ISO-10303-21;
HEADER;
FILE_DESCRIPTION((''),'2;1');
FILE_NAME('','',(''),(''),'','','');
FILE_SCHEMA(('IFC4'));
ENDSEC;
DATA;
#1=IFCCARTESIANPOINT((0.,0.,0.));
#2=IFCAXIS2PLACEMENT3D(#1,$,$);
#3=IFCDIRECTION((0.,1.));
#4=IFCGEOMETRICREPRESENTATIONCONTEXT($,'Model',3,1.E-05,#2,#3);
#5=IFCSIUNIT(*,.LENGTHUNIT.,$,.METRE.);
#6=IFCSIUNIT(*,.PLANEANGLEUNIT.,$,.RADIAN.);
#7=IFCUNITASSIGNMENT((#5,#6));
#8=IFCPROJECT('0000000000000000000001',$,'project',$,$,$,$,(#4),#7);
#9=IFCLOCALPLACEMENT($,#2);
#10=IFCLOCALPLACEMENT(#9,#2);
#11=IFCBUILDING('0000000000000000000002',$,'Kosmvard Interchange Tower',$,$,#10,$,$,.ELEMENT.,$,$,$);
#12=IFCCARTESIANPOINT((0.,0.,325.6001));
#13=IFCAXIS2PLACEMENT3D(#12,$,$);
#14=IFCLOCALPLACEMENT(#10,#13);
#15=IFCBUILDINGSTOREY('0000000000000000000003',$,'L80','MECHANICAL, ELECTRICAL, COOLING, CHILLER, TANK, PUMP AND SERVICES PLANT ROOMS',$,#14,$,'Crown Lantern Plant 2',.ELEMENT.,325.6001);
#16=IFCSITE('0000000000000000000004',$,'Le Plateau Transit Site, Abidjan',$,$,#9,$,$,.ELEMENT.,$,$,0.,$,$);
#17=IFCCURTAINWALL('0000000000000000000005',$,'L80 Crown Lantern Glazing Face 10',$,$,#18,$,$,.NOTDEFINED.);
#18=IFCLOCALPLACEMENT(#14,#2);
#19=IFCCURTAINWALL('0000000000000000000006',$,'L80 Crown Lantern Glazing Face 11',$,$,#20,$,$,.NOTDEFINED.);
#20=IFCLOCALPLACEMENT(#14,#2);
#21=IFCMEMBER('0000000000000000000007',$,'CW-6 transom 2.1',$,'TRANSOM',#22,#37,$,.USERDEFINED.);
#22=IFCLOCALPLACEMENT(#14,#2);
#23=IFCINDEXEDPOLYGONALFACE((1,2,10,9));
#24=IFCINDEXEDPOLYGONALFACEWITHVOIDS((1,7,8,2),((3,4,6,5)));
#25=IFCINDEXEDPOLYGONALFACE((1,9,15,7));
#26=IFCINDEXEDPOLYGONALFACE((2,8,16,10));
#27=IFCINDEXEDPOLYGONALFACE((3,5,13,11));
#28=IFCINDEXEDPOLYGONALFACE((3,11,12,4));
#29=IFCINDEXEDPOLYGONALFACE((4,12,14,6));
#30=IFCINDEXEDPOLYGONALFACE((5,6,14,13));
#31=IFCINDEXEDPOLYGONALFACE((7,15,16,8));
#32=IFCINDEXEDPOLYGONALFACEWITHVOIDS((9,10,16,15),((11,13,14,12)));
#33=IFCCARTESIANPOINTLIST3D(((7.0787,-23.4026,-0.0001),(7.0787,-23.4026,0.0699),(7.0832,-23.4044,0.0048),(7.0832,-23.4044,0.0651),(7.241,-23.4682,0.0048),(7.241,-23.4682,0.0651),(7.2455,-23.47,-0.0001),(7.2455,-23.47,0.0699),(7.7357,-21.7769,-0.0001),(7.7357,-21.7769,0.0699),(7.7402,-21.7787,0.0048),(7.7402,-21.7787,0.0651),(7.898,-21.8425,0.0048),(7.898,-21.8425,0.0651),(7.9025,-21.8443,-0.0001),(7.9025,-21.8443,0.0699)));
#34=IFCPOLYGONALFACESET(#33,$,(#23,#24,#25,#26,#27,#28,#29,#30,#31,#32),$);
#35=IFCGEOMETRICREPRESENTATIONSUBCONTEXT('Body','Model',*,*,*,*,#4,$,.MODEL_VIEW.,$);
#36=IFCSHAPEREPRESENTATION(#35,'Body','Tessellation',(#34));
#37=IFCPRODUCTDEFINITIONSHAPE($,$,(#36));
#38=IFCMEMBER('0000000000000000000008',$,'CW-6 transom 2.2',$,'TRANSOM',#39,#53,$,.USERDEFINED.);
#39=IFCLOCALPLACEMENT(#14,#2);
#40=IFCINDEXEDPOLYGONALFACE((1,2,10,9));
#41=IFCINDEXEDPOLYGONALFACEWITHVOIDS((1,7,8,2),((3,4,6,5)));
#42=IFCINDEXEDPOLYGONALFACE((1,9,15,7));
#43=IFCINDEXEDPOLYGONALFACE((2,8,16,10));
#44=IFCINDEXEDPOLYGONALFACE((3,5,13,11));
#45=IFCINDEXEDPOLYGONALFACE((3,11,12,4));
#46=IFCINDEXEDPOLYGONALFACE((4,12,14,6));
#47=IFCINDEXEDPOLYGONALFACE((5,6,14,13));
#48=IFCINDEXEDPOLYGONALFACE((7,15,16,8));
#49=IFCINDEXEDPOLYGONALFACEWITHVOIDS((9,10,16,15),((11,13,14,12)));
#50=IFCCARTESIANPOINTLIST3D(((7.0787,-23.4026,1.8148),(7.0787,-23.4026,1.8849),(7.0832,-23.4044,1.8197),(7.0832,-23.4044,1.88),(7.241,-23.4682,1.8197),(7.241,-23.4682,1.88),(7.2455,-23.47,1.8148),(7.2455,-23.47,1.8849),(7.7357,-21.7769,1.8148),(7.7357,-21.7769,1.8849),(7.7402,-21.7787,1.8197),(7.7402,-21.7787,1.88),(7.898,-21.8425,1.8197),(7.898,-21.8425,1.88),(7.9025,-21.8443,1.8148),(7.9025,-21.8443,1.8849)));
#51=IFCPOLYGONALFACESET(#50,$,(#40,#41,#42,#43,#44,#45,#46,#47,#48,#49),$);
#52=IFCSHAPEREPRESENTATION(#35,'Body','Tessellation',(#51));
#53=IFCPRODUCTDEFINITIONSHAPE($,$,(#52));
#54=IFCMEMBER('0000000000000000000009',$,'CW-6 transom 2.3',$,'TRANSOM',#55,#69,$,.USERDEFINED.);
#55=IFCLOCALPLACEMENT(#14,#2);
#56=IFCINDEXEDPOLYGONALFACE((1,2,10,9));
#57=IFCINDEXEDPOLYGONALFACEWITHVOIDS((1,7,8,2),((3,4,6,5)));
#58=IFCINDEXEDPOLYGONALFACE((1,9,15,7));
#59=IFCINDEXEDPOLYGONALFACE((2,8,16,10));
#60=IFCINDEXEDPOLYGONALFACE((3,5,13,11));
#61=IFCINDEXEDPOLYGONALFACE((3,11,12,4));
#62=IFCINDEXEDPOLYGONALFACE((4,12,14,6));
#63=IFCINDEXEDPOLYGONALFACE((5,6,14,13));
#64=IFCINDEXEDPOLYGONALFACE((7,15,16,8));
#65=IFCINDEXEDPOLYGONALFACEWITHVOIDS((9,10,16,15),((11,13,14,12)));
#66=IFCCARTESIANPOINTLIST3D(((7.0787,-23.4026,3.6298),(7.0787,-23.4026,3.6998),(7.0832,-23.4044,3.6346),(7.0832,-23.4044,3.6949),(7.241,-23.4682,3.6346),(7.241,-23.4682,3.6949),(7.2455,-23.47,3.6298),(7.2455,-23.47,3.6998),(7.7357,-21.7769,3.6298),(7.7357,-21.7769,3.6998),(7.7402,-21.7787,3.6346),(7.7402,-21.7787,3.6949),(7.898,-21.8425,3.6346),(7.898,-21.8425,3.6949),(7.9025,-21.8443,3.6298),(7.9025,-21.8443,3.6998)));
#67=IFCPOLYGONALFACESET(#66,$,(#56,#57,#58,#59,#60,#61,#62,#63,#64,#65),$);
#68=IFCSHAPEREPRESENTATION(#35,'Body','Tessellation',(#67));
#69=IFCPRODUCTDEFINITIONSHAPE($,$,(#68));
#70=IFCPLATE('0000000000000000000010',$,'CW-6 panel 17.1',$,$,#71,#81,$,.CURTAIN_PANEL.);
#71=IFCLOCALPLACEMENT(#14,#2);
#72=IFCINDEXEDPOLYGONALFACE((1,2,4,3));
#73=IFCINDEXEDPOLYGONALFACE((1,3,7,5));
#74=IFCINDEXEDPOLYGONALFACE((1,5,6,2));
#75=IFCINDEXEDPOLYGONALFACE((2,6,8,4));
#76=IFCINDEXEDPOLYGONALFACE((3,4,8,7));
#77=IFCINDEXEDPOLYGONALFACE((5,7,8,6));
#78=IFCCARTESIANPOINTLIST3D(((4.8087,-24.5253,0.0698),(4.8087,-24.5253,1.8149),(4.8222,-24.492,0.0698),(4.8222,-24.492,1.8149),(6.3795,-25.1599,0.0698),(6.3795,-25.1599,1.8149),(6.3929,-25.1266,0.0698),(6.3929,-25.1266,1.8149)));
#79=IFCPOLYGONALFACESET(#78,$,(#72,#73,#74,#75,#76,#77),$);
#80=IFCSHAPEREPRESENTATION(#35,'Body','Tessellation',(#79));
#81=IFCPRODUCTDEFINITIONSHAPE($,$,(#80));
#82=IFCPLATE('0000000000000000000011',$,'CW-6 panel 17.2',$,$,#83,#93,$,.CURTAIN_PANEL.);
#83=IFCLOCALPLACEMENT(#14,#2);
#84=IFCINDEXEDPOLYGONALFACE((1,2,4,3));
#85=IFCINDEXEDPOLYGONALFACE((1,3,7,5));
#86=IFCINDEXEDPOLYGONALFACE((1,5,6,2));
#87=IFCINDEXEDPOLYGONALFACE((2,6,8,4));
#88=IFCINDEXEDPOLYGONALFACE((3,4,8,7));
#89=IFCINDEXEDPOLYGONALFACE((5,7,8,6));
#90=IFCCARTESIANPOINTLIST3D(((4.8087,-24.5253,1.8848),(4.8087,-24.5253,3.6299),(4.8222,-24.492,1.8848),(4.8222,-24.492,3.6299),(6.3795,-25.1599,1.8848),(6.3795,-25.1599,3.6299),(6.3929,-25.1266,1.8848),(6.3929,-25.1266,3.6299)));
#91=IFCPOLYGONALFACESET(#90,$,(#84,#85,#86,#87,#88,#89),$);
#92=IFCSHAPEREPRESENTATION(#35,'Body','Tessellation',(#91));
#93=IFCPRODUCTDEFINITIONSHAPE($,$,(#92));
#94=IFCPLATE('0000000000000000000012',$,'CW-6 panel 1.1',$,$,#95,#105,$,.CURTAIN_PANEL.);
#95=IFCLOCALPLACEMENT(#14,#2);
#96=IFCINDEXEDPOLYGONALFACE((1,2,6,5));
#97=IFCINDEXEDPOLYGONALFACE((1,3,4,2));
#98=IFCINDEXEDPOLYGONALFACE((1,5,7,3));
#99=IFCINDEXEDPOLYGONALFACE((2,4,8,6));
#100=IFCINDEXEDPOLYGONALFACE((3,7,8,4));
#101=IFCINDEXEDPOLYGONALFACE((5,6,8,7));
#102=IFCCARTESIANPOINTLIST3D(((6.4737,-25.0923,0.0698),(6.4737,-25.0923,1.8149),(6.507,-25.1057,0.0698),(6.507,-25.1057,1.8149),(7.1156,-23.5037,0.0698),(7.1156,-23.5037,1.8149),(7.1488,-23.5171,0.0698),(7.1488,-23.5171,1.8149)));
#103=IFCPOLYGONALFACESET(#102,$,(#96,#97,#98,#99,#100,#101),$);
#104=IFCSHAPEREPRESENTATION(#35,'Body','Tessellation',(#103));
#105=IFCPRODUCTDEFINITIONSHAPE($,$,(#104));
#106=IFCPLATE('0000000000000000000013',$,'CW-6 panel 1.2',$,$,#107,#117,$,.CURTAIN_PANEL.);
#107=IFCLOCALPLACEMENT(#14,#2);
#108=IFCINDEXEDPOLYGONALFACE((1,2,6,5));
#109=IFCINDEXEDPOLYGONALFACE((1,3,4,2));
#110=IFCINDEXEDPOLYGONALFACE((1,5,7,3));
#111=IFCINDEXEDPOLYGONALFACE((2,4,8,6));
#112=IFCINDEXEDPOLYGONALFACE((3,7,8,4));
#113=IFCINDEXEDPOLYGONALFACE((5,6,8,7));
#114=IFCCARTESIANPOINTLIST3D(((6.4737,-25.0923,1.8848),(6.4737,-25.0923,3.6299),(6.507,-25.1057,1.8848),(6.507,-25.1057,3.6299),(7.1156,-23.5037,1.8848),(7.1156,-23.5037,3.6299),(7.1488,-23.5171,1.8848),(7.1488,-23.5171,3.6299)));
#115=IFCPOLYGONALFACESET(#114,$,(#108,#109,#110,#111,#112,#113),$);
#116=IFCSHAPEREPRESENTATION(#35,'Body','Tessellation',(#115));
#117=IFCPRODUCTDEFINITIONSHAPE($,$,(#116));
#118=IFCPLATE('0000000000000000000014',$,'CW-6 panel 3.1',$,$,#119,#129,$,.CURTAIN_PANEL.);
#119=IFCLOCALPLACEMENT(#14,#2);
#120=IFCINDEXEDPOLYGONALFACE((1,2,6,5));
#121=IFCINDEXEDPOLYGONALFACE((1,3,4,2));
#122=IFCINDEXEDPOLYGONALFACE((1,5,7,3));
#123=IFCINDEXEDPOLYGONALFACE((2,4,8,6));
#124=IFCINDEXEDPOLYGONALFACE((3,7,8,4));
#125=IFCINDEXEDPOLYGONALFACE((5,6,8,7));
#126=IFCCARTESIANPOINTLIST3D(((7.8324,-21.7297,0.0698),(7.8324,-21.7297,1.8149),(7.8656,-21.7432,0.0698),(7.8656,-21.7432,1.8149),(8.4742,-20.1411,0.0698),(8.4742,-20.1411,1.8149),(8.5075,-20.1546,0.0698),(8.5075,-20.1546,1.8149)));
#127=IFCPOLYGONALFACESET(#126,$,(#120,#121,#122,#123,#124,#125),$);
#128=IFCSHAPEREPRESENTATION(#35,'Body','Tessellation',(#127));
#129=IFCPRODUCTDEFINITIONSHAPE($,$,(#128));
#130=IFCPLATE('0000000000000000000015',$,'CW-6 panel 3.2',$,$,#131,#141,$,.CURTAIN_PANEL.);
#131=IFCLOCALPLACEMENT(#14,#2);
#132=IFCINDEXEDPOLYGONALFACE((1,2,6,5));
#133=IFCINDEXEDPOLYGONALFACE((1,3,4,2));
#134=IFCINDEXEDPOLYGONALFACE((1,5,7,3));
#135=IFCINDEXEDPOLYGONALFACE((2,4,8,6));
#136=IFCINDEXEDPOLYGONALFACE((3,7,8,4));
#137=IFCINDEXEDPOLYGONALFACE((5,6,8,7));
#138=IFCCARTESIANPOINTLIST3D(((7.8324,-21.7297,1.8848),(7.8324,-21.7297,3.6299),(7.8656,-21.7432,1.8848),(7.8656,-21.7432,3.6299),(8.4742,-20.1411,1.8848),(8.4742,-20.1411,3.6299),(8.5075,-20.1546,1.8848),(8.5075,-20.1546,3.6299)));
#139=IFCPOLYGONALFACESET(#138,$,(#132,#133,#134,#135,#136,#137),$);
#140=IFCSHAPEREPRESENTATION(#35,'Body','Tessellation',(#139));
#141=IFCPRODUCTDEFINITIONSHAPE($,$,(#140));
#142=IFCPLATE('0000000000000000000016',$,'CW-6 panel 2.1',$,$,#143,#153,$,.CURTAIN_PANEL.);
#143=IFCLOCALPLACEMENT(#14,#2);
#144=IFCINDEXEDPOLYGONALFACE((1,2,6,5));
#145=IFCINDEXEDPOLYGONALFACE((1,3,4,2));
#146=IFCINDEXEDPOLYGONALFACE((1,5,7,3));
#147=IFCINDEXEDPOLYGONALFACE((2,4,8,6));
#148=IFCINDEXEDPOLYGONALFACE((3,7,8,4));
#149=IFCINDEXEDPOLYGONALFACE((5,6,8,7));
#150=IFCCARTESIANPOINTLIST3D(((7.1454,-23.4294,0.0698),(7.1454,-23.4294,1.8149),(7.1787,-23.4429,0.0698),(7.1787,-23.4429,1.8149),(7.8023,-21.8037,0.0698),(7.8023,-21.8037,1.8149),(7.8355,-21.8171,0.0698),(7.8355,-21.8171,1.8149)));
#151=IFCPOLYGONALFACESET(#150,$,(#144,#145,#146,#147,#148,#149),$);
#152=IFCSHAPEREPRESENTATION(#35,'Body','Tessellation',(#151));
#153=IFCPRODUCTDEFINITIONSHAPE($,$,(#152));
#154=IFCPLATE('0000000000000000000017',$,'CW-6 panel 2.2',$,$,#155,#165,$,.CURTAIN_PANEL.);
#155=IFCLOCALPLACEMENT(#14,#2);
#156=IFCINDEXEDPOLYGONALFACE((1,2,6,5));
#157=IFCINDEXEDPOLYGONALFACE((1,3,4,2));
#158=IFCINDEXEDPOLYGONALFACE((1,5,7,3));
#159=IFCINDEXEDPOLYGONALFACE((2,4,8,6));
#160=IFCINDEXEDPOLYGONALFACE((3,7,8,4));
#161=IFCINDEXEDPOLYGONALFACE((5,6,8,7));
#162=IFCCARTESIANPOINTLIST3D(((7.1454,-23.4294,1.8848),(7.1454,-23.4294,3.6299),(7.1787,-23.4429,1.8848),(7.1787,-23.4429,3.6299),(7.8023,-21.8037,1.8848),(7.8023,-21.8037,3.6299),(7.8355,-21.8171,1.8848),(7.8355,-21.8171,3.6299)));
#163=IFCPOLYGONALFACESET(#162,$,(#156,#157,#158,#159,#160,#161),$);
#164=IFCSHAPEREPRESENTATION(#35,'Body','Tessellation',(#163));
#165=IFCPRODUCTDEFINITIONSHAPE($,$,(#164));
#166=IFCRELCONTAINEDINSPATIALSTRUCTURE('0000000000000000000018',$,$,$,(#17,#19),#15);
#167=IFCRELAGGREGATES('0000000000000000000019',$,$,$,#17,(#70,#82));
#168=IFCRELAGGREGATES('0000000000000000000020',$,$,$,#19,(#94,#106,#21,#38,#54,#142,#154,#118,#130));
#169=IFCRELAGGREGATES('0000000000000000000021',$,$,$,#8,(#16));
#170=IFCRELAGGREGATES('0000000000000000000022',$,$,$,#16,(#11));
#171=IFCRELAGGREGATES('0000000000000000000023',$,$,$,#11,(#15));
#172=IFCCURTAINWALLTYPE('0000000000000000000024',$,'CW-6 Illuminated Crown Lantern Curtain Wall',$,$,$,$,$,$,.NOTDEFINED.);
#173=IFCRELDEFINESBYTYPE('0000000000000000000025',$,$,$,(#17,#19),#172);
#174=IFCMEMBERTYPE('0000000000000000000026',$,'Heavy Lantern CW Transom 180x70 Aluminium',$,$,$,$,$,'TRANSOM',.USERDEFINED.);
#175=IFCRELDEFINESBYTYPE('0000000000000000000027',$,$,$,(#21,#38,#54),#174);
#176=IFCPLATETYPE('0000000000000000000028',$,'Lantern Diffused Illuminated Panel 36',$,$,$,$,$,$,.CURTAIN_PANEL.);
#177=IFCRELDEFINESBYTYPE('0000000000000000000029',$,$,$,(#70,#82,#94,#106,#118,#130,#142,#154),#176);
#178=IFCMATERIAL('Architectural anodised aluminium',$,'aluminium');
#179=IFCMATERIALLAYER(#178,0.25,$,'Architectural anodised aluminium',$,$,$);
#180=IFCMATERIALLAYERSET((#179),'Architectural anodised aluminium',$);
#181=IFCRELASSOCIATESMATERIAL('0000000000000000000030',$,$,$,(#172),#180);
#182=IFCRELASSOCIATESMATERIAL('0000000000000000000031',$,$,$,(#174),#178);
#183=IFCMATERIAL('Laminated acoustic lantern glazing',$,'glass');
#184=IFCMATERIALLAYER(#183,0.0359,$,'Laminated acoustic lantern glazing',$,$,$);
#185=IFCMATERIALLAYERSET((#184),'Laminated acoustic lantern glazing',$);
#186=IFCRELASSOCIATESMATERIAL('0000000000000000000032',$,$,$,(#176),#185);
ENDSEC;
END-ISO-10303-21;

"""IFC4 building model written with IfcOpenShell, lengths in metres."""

from ifc_helpers import new_model, si_unit, direction, frame, origin, origin_2d, place, context, subcontext, project, spatial, rectangle, hollow_rectangle, extrude, source, transform, mapped, material, layer, layer_set, material_profile, profile_set, type_object, element, aggregate, save


model = new_model("IFC4")

# Units and contexts
model_context = context("Model", 3, precision=1e-05, world=origin(), true_north=direction((0.0, 1.0)))
body_context = subcontext(model_context, "Body", "Model", "MODEL_VIEW")
ifc_project = project(units=[si_unit("LENGTHUNIT", "METRE"), si_unit("PLANEANGLEUNIT", "RADIAN")], contexts=[model_context])

# Site, building, storey
site_placement = place(None, origin())
site = spatial("IfcSite", under=ifc_project, at=site_placement, Name="Le Plateau Transit Site, Abidjan", CompositionType="ELEMENT", RefElevation=0.0)
building_placement = place(site_placement, origin())
building = spatial("IfcBuilding", under=site, at=building_placement, Name="Kosmvard Interchange Tower", CompositionType="ELEMENT")
storey_placement = place(building_placement, frame((0.0, 0.0, 325.6001)))
storey = spatial("IfcBuildingStorey", under=building, at=storey_placement, Name="L80", Description="MECHANICAL, ELECTRICAL, COOLING, CHILLER, TANK, PUMP AND SERVICES PLANT ROOMS", LongName="Crown Lantern Plant 2", CompositionType="ELEMENT", Elevation=325.6001)

# Curtain wall
ifc_material_1 = material(Name="Architectural anodised aluminium", Category="aluminium")
ifc_layer_1 = layer(ifc_material_1, 0.25, Name="Architectural anodised aluminium")
ifc_layer_set_1 = layer_set([ifc_layer_1], Name="Architectural anodised aluminium")
curtain_wall_type = type_object("IfcCurtainWallType", Name="CW-6 Illuminated Crown Lantern Curtain Wall", PredefinedType="NOTDEFINED", material=ifc_layer_set_1)
curtain_wall_1_placement = place(storey_placement, origin())
curtain_wall_1 = element("IfcCurtainWall", 1, at=curtain_wall_1_placement, inside=storey, type_object=curtain_wall_type, Name="L80 Crown Lantern Glazing Face 10", PredefinedType="NOTDEFINED")

# Curtain wall, members
curtain_wall_2_placement = place(storey_placement, origin())
curtain_wall_2 = element("IfcCurtainWall", 2, at=curtain_wall_2_placement, inside=storey, type_object=curtain_wall_type, Name="L80 Crown Lantern Glazing Face 11", PredefinedType="NOTDEFINED")
ifc_material_profile_1 = material_profile(ifc_material_1, hollow_rectangle(XDim=0.1799, YDim=0.0701, WallThickness=0.0049, at=origin_2d()), Name="CWT 180x70x5")
ifc_profile_set_1 = profile_set([ifc_material_profile_1], Name="Architectural anodised aluminium")
member_type_1 = type_object("IfcMemberType", Name="Heavy Lantern CW Transom 180x70 Aluminium", ElementType="TRANSOM", PredefinedType="USERDEFINED", material=ifc_profile_set_1)
shared_shape_1 = source(origin(), body_context, "Body", "SweptSolid", [
    extrude(hollow_rectangle(XDim=0.1799, YDim=0.0701, WallThickness=0.0049, at=origin_2d()), origin(), (0.0, 0.0, 1.0), 1.7534),
])
member_1_placement = place(storey_placement, frame((7.1621, -23.4363, 0.0349), z_axis=(0.374677, 0.927155, 0.0), x_axis=(-0.927155, 0.374677, 0.0)))
member_1 = element("IfcMember", 3, at=member_1_placement, type_object=member_type_1, Name="CW-6 transom 2.1", ObjectType="TRANSOM", PredefinedType="USERDEFINED", context=body_context, shape_type="MappedRepresentation", body=[
    mapped(shared_shape_1, transform((0.0, 0.0, 0.0), scale=1.0)),
])
member_2_placement = place(storey_placement, frame((7.1621, -23.4363, 1.8499), z_axis=(0.374677, 0.927155, 0.0), x_axis=(-0.927155, 0.374677, 0.0)))
member_2 = element("IfcMember", 4, at=member_2_placement, type_object=member_type_1, Name="CW-6 transom 2.2", ObjectType="TRANSOM", PredefinedType="USERDEFINED", context=body_context, shape_type="MappedRepresentation", body=[
    mapped(shared_shape_1, transform((0.0, 0.0, 0.0), scale=1.0)),
])
member_3_placement = place(storey_placement, frame((7.1621, -23.4363, 3.6648), z_axis=(0.374677, 0.927155, 0.0), x_axis=(-0.927155, 0.374677, 0.0)))
member_3 = element("IfcMember", 5, at=member_3_placement, type_object=member_type_1, Name="CW-6 transom 2.3", ObjectType="TRANSOM", PredefinedType="USERDEFINED", context=body_context, shape_type="MappedRepresentation", body=[
    mapped(shared_shape_1, transform((0.0, 0.0, 0.0), scale=1.0)),
])

# Plates
ifc_material_2 = material(Name="Laminated acoustic lantern glazing", Category="glass")
ifc_layer_2 = layer(ifc_material_2, 0.0359, Name="Laminated acoustic lantern glazing")
ifc_layer_set_2 = layer_set([ifc_layer_2], Name="Laminated acoustic lantern glazing")
plate_type = type_object("IfcPlateType", Name="Lantern Diffused Illuminated Panel 36", PredefinedType="CURTAIN_PANEL", material=ifc_layer_set_2)
shared_shape_2 = source(origin(), body_context, "Body", "SweptSolid", [
    extrude(rectangle(XDim=1.6941, YDim=0.0359, at=origin_2d()), origin(), (0.0, 0.0, 1.0), 1.7451),
])
plate_1_placement = place(storey_placement, frame((5.6008, -24.8259, 0.0698), z_axis=(0.0, 0.0, 1.0), x_axis=(0.927184, -0.374607, 0.0)))
plate_1 = element("IfcPlate", 6, at=plate_1_placement, type_object=plate_type, Name="CW-6 panel 17.1", PredefinedType="CURTAIN_PANEL", context=body_context, shape_type="MappedRepresentation", body=[
    mapped(shared_shape_2, transform((0.0, 0.0, 0.0), scale=1.0)),
])
plate_2_placement = place(storey_placement, frame((5.6008, -24.8259, 1.8848), z_axis=(0.0, 0.0, 1.0), x_axis=(0.927184, -0.374607, 0.0)))
plate_2 = element("IfcPlate", 7, at=plate_2_placement, type_object=plate_type, Name="CW-6 panel 17.2", PredefinedType="CURTAIN_PANEL", context=body_context, shape_type="MappedRepresentation", body=[
    mapped(shared_shape_2, transform((0.0, 0.0, 0.0), scale=1.0)),
])
aggregate(curtain_wall_1, [plate_1, plate_2])
shared_shape_3 = source(origin(), body_context, "Body", "SweptSolid", [
    extrude(rectangle(XDim=1.7134, YDim=0.0359, at=origin_2d()), origin(), (0.0, 0.0, 1.0), 1.7451),
])
plate_3_placement = place(storey_placement, frame((6.8113, -24.3047, 0.0698), z_axis=(0.0, 0.0, 1.0), x_axis=(0.374607, 0.927184, 0.0)))
plate_3 = element("IfcPlate", 8, at=plate_3_placement, type_object=plate_type, Name="CW-6 panel 1.1", PredefinedType="CURTAIN_PANEL", context=body_context, shape_type="MappedRepresentation", body=[
    mapped(shared_shape_3, transform((0.0, 0.0, 0.0), scale=1.0)),
])
plate_4_placement = place(storey_placement, frame((6.8113, -24.3047, 1.8848), z_axis=(0.0, 0.0, 1.0), x_axis=(0.374607, 0.927184, 0.0)))
plate_4 = element("IfcPlate", 9, at=plate_4_placement, type_object=plate_type, Name="CW-6 panel 1.2", PredefinedType="CURTAIN_PANEL", context=body_context, shape_type="MappedRepresentation", body=[
    mapped(shared_shape_3, transform((0.0, 0.0, 0.0), scale=1.0)),
])
plate_5_placement = place(storey_placement, frame((8.1699, -20.9421, 0.0698), z_axis=(0.0, 0.0, 1.0), x_axis=(0.374607, 0.927184, 0.0)))
plate_5 = element("IfcPlate", 10, at=plate_5_placement, type_object=plate_type, Name="CW-6 panel 3.1", PredefinedType="CURTAIN_PANEL", context=body_context, shape_type="MappedRepresentation", body=[
    mapped(shared_shape_3, transform((0.0, 0.0, 0.0), scale=1.0)),
])
plate_6_placement = place(storey_placement, frame((8.1699, -20.9421, 1.8848), z_axis=(0.0, 0.0, 1.0), x_axis=(0.374607, 0.927184, 0.0)))
plate_6 = element("IfcPlate", 11, at=plate_6_placement, type_object=plate_type, Name="CW-6 panel 3.2", PredefinedType="CURTAIN_PANEL", context=body_context, shape_type="MappedRepresentation", body=[
    mapped(shared_shape_3, transform((0.0, 0.0, 0.0), scale=1.0)),
])
shared_shape_4 = source(origin(), body_context, "Body", "SweptSolid", [
    extrude(rectangle(XDim=1.7534, YDim=0.0359, at=origin_2d()), origin(), (0.0, 0.0, 1.0), 1.7451),
])
plate_7_placement = place(storey_placement, frame((7.4905, -22.6233, 0.0698), z_axis=(0.0, 0.0, 1.0), x_axis=(0.374607, 0.927184, 0.0)))
plate_7 = element("IfcPlate", 12, at=plate_7_placement, type_object=plate_type, Name="CW-6 panel 2.1", PredefinedType="CURTAIN_PANEL", context=body_context, shape_type="MappedRepresentation", body=[
    mapped(shared_shape_4, transform((0.0, 0.0, 0.0), scale=1.0)),
])
plate_8_placement = place(storey_placement, frame((7.4905, -22.6233, 1.8848), z_axis=(0.0, 0.0, 1.0), x_axis=(0.374607, 0.927184, 0.0)))
plate_8 = element("IfcPlate", 13, at=plate_8_placement, type_object=plate_type, Name="CW-6 panel 2.2", PredefinedType="CURTAIN_PANEL", context=body_context, shape_type="MappedRepresentation", body=[
    mapped(shared_shape_4, transform((0.0, 0.0, 0.0), scale=1.0)),
])
aggregate(curtain_wall_2, [plate_3, plate_4, member_1, member_2, member_3, plate_7, plate_8, plate_5, plate_6])

save(model, "model.ifc")
